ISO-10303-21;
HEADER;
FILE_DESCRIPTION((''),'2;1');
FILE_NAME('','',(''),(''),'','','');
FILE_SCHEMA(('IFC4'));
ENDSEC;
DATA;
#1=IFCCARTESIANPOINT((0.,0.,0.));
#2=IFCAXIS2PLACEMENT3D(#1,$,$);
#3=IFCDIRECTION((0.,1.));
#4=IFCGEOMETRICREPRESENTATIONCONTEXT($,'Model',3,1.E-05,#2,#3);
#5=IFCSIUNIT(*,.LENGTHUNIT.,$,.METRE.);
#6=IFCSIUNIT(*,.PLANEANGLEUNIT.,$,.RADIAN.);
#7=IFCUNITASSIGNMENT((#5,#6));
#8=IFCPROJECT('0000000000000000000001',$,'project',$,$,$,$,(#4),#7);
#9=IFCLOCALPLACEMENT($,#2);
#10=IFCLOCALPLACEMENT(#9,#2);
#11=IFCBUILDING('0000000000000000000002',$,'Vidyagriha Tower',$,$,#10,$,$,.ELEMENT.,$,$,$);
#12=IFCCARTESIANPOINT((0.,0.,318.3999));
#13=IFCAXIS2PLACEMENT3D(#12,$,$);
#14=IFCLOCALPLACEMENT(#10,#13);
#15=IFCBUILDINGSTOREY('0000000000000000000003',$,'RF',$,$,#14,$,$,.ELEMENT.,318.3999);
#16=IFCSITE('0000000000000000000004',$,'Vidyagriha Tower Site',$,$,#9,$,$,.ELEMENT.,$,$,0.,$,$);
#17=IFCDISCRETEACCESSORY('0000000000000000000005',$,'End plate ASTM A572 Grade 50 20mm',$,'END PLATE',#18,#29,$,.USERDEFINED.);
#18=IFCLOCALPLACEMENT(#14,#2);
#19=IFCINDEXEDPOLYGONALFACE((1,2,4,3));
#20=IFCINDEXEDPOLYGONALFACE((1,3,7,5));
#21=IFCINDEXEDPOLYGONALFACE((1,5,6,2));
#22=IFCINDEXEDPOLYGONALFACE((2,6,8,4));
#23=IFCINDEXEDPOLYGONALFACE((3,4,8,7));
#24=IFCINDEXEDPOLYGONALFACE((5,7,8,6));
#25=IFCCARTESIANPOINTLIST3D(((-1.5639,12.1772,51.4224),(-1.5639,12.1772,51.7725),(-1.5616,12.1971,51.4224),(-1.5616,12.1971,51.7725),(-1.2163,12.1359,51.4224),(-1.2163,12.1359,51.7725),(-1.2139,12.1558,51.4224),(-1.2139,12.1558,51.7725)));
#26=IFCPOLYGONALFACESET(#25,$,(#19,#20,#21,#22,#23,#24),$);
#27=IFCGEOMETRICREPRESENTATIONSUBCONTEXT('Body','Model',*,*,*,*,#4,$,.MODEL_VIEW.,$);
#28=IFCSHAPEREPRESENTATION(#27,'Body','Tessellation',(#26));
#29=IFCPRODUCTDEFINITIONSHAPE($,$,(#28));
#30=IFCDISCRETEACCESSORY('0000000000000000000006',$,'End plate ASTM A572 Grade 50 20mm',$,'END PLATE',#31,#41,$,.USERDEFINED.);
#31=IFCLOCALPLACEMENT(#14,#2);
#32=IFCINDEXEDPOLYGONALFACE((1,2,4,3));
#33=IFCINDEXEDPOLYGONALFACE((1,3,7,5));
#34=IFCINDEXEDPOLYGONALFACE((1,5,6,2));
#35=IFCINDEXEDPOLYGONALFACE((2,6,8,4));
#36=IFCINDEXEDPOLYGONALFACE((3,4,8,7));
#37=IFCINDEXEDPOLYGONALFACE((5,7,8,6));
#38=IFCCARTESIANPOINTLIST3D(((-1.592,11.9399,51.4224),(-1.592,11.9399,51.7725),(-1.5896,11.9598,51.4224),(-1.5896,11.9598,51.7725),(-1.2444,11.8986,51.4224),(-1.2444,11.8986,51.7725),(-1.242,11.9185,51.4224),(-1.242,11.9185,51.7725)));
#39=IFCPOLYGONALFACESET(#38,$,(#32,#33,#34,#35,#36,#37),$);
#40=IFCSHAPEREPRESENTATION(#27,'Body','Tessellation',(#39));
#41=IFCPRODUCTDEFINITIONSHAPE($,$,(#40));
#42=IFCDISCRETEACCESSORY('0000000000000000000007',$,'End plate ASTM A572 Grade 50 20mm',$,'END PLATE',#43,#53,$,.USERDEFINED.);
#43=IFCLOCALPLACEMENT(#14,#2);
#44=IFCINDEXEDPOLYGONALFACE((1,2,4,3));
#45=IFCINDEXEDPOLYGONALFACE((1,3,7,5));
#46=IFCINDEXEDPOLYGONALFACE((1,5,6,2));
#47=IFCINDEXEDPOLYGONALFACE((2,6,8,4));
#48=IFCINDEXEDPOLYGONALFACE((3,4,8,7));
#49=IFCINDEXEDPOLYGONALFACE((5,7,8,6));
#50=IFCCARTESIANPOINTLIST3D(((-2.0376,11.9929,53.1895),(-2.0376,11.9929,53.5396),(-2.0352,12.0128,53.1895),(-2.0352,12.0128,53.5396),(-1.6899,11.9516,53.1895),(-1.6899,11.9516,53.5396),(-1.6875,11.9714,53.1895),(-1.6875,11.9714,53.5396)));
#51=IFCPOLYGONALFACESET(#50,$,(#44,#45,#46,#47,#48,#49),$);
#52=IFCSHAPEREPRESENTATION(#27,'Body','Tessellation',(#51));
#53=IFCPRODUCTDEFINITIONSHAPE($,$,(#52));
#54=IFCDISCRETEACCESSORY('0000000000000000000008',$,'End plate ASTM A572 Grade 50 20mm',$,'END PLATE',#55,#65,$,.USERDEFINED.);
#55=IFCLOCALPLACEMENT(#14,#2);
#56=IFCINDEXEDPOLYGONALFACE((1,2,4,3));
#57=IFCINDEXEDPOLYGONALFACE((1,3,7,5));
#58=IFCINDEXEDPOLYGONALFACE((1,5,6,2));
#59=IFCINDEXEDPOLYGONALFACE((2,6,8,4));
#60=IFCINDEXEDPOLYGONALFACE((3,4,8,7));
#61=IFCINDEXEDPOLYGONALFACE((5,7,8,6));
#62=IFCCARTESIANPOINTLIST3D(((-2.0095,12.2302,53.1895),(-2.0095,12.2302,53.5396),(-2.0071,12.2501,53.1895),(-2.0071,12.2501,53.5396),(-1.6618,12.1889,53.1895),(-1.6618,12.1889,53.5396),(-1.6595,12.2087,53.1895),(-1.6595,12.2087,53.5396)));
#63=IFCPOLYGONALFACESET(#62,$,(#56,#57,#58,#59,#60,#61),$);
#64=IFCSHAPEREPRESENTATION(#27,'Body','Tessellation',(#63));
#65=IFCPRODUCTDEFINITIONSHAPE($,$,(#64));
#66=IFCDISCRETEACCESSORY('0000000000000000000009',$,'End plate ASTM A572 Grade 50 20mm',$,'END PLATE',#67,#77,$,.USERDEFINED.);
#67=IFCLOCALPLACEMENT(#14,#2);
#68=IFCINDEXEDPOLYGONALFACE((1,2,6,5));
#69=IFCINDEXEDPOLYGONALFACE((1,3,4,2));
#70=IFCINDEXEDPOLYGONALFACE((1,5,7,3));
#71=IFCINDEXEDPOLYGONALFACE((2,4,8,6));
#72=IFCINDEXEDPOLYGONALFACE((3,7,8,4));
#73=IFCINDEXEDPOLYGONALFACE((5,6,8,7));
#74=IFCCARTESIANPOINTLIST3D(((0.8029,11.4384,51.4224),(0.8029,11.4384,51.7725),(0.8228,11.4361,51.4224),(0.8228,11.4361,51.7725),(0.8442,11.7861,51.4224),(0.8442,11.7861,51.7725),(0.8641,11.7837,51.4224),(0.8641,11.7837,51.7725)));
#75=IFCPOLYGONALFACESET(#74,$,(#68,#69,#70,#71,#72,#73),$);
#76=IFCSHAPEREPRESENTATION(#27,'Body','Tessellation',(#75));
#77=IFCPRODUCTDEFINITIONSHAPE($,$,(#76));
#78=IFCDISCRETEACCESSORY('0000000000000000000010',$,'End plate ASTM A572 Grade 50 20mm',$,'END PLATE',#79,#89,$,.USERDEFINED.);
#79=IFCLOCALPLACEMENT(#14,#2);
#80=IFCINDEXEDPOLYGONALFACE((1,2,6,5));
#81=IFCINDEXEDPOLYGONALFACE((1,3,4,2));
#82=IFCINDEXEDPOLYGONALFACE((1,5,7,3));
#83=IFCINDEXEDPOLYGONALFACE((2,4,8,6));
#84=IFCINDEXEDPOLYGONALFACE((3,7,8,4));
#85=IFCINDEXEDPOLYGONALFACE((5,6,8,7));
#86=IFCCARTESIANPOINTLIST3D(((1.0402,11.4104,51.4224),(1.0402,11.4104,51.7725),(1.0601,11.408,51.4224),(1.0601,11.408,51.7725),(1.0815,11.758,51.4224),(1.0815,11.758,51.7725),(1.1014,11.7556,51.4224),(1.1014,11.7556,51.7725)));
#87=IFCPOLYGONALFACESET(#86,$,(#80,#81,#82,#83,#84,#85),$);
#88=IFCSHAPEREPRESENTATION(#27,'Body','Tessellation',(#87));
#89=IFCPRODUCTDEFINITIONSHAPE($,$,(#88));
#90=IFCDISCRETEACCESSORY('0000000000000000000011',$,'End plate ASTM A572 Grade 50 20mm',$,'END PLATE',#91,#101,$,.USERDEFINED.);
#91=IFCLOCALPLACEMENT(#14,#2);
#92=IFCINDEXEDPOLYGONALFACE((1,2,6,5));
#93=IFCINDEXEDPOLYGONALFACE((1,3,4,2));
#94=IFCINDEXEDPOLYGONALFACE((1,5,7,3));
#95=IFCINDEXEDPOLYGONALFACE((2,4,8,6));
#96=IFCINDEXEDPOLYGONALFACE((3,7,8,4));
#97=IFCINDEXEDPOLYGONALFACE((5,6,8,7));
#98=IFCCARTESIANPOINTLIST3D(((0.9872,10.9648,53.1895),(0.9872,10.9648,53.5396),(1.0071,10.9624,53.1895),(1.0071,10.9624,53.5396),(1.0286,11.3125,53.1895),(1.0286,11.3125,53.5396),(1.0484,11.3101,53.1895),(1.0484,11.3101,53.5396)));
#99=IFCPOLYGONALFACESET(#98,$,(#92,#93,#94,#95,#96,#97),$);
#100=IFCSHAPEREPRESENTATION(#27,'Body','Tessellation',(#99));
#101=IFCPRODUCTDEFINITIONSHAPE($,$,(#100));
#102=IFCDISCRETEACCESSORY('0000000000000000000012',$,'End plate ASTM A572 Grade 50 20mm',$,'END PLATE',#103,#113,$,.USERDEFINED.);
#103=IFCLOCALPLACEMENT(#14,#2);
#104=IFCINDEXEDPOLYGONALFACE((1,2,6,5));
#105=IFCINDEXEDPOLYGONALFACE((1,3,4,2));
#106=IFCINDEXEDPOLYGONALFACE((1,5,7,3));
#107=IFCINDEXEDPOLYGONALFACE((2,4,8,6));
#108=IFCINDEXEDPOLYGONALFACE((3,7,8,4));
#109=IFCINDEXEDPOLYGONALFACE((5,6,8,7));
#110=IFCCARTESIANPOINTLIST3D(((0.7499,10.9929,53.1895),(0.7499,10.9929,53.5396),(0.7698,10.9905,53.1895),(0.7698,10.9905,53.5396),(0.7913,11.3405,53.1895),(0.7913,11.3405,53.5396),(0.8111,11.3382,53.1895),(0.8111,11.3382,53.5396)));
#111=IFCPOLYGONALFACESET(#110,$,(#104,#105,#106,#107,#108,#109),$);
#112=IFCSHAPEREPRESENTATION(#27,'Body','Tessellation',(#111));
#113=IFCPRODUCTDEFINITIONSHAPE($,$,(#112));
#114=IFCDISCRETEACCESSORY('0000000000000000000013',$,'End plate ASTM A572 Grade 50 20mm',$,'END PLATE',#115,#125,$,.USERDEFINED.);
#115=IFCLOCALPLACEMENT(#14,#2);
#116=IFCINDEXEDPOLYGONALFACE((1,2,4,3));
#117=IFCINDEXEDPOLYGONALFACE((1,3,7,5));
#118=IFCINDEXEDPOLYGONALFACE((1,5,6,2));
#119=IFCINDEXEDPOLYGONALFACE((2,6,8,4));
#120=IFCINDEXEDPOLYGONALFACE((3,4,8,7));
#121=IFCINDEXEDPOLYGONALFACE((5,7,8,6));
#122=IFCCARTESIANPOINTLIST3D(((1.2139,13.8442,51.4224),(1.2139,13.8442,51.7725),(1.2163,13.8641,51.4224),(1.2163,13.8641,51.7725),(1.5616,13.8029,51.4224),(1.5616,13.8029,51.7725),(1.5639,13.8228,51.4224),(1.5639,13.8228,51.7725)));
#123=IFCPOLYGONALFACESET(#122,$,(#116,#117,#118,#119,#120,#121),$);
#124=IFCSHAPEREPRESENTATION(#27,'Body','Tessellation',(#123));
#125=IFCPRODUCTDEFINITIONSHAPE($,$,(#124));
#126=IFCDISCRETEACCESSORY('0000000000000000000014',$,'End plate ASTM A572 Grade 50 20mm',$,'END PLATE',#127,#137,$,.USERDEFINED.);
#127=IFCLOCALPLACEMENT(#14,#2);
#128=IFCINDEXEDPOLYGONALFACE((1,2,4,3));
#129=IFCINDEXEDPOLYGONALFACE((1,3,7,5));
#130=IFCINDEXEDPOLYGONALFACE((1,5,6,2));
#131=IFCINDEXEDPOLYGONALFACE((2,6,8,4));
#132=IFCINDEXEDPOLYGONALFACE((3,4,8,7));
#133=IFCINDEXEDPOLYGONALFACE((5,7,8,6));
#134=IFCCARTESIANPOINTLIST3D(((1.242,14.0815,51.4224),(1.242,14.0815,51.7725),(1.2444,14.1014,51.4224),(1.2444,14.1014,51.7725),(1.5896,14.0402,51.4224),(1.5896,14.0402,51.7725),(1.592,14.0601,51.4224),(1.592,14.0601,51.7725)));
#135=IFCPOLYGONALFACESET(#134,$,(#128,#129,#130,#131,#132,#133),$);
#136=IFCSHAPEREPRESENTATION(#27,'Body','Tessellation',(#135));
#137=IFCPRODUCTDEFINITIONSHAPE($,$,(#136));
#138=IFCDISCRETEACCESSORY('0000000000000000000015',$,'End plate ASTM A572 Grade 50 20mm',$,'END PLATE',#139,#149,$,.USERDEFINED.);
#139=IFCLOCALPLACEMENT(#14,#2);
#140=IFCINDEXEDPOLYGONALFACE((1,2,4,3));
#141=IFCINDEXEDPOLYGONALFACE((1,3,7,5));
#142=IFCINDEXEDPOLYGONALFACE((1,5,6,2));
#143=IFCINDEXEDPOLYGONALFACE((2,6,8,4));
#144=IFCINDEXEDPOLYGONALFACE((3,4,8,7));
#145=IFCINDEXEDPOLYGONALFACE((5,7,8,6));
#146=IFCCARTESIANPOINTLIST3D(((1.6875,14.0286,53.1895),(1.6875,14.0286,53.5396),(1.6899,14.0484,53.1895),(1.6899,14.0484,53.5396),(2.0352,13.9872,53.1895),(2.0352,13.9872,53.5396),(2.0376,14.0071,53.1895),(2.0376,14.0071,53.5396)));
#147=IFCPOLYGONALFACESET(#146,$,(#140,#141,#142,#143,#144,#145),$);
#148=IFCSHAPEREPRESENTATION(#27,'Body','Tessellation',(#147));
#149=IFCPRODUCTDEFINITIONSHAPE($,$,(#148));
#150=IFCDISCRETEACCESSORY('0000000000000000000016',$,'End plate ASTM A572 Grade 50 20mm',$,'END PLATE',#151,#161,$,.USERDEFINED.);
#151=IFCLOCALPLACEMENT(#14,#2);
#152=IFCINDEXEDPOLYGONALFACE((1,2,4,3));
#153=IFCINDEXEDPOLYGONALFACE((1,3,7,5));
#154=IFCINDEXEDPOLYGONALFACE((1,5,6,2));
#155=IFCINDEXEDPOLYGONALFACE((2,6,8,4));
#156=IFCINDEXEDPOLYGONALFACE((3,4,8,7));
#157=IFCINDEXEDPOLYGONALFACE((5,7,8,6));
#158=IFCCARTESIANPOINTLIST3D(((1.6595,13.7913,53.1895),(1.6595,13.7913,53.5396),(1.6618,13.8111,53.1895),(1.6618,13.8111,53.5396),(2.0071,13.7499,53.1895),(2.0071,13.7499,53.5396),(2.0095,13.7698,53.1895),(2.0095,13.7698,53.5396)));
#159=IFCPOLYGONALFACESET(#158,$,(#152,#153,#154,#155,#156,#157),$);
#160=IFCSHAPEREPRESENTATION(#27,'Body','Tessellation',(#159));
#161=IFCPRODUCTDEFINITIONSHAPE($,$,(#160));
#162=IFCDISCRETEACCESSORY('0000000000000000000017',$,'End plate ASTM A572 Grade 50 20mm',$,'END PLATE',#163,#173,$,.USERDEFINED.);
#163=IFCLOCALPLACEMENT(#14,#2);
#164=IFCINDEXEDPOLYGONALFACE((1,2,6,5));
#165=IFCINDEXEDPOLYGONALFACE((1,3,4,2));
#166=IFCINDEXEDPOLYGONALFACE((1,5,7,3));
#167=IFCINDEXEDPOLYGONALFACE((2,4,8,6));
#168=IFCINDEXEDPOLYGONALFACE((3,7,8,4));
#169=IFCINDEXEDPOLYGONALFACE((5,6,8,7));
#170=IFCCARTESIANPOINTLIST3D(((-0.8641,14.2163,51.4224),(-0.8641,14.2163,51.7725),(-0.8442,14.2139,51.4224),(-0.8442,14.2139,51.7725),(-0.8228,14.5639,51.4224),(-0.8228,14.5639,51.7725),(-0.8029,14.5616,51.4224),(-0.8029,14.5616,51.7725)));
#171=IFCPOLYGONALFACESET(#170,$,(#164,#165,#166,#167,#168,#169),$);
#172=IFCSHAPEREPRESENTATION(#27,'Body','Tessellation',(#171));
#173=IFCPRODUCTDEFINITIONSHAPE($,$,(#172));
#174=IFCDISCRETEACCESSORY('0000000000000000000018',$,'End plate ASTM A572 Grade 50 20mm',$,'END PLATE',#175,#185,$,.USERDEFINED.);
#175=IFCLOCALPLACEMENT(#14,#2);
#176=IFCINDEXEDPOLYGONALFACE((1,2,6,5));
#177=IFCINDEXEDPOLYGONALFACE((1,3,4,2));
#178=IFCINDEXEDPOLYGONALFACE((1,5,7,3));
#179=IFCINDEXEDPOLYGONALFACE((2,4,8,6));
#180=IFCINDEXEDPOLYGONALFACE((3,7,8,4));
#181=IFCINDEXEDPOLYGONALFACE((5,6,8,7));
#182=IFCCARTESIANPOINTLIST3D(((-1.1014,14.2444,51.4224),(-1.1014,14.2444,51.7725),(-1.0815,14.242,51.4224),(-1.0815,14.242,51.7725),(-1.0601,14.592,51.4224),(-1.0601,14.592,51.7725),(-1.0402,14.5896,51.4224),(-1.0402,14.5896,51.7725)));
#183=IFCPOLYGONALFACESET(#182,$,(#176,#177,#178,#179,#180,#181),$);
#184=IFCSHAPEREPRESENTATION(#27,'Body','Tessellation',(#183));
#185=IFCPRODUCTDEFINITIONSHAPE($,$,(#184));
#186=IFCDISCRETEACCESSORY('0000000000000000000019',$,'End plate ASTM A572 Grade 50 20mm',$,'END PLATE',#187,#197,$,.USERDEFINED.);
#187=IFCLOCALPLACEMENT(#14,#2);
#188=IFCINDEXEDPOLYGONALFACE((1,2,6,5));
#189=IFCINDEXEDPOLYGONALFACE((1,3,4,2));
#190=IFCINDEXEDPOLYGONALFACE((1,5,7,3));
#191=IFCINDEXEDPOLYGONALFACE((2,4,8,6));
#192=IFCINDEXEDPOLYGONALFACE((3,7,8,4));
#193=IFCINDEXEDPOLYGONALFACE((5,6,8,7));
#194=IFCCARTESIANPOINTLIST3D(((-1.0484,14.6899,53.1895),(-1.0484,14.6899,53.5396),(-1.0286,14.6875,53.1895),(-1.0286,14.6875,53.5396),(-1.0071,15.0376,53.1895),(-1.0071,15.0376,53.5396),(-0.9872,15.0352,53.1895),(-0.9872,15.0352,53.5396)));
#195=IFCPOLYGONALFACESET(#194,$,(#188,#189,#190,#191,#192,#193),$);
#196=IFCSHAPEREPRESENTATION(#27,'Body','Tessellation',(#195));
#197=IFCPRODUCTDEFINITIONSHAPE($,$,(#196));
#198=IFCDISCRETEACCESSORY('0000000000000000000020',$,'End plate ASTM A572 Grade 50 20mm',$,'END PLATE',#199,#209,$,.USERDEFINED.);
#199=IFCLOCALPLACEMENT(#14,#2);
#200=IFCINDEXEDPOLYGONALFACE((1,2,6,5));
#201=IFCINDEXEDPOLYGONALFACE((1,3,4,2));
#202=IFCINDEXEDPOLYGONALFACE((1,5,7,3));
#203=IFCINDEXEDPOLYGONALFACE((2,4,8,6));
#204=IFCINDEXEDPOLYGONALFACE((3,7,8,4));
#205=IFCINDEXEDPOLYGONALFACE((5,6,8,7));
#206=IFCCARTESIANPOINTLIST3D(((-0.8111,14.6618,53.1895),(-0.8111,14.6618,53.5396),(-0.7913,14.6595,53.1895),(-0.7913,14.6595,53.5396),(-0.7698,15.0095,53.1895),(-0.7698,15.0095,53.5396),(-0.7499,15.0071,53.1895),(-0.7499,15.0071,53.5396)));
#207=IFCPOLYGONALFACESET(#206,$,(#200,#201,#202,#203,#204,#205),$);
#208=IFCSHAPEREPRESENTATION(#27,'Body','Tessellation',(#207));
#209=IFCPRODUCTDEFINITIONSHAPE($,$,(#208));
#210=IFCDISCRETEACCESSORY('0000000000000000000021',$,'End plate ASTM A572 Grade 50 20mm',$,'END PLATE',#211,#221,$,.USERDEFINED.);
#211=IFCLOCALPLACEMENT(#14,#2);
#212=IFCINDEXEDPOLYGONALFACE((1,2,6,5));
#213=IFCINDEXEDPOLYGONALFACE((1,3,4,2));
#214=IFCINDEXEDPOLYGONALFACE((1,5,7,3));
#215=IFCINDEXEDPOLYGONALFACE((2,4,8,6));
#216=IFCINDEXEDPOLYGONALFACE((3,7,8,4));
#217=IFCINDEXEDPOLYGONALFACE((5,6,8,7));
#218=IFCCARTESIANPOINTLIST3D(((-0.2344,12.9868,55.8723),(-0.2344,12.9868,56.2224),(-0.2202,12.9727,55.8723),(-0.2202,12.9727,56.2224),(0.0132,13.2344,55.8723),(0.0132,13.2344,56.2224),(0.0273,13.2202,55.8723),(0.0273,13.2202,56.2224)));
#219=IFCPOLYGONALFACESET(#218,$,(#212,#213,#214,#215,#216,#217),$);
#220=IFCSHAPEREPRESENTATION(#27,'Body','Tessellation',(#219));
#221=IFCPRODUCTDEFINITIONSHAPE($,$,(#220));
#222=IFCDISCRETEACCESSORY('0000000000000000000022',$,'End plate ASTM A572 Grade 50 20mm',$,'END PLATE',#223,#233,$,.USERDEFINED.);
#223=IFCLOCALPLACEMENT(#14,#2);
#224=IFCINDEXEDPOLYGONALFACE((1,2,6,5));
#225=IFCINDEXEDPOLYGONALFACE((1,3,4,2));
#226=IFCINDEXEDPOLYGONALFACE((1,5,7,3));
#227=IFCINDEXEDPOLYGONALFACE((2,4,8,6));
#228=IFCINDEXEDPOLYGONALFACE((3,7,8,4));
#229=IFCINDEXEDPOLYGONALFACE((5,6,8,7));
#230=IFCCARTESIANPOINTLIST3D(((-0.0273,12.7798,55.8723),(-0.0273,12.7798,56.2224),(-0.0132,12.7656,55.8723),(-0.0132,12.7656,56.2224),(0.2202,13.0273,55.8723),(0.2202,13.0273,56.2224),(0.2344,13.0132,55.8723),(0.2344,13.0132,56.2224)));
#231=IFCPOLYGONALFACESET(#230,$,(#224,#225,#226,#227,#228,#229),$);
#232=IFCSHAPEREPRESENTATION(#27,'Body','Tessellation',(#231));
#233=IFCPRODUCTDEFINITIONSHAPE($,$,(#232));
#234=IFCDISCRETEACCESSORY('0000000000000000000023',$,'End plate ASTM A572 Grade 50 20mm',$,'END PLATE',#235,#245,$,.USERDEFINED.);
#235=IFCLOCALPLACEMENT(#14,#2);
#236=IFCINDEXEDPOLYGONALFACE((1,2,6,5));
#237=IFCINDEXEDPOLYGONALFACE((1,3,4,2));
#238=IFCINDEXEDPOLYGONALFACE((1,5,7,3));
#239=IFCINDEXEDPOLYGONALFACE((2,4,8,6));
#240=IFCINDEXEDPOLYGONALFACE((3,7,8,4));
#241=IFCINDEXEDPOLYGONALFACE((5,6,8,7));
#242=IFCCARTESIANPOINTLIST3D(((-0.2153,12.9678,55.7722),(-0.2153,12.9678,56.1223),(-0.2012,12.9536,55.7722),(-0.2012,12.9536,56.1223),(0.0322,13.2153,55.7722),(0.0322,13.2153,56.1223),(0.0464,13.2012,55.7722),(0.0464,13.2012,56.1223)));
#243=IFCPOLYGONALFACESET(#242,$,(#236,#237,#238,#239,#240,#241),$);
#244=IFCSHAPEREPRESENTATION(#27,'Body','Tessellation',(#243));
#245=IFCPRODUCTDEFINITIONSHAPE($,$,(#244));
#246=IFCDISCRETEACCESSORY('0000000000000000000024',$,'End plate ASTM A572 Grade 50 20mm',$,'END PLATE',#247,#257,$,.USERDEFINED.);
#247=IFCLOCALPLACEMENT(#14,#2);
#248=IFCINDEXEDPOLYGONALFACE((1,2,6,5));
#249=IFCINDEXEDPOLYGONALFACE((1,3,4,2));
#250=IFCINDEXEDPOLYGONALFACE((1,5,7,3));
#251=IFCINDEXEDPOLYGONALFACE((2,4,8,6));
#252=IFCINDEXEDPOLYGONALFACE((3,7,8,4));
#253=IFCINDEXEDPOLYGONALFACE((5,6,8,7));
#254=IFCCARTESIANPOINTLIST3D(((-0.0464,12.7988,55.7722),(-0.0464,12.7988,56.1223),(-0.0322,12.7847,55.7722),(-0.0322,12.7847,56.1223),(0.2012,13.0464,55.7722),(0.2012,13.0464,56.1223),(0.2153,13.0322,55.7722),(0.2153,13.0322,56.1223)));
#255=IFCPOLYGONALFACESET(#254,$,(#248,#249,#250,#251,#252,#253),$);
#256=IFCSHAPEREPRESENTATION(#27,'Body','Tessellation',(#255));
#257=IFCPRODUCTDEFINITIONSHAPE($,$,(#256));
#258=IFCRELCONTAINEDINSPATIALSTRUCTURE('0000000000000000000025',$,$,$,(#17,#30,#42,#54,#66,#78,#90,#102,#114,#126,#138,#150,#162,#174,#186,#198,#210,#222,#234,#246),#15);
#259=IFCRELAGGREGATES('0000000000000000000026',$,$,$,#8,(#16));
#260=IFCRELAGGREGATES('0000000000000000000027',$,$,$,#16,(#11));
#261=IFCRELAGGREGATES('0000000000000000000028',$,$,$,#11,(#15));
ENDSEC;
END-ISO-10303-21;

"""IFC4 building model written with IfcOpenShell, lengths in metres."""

from ifc_helpers import new_model, si_unit, direction, frame, origin, origin_2d, place, context, subcontext, project, spatial, rectangle, extrude, element, save


model = new_model("IFC4")

# Units and contexts
model_context = context("Model", 3, precision=1e-05, world=origin(), true_north=direction((0.0, 1.0)))
body_context = subcontext(model_context, "Body", "Model", "MODEL_VIEW")
ifc_project = project(units=[si_unit("LENGTHUNIT", "METRE"), si_unit("PLANEANGLEUNIT", "RADIAN")], contexts=[model_context])

# Site, building, storey
site_placement = place(None, origin())
site = spatial("IfcSite", under=ifc_project, at=site_placement, Name="Vidyagriha Tower Site", CompositionType="ELEMENT", RefElevation=0.0)
building_placement = place(site_placement, origin())
building = spatial("IfcBuilding", under=site, at=building_placement, Name="Vidyagriha Tower", CompositionType="ELEMENT")
storey_placement = place(building_placement, frame((0.0, 0.0, 318.3999)))
storey = spatial("IfcBuildingStorey", under=building, at=storey_placement, Name="RF", CompositionType="ELEMENT", Elevation=318.3999)

# Discrete accessories
for number, where, z_axis, x_axis, name in (
    (1, (-1.3889, 12.1665, 51.4224), (0.0, 0.0, 1.0), (0.992997, -0.118142, 0.0), "End plate ASTM A572 Grade 50 20mm"),
    (2, (-1.417, 11.9292, 51.4224), (0.0, 0.0, 1.0), (0.992997, -0.118142, 0.0), "End plate ASTM A572 Grade 50 20mm"),
    (3, (-1.8625, 11.9822, 53.1895), (0.0, 0.0, 1.0), (-0.992997, 0.118142, 0.0), "End plate ASTM A572 Grade 50 20mm"),
    (4, (-1.8345, 12.2195, 53.1895), (0.0, 0.0, 1.0), (-0.992997, 0.118142, 0.0), "End plate ASTM A572 Grade 50 20mm"),
    (5, (0.8335, 11.6111, 51.4224), (0.0, 0.0, 1.0), (0.118142, 0.992997, 0.0), "End plate ASTM A572 Grade 50 20mm"),
    (6, (1.0708, 11.583, 51.4224), (0.0, 0.0, 1.0), (0.118142, 0.992997, 0.0), "End plate ASTM A572 Grade 50 20mm"),
    (7, (1.0178, 11.1375, 53.1895), (0.0, 0.0, 1.0), (-0.118142, -0.992997, 0.0), "End plate ASTM A572 Grade 50 20mm"),
    (8, (0.7805, 11.1655, 53.1895), (0.0, 0.0, 1.0), (-0.118142, -0.992997, 0.0), "End plate ASTM A572 Grade 50 20mm"),
    (9, (1.3889, 13.8335, 51.4224), (0.0, 0.0, 1.0), (-0.992997, 0.118142, 0.0), "End plate ASTM A572 Grade 50 20mm"),
    (10, (1.417, 14.0708, 51.4224), (0.0, 0.0, 1.0), (-0.992997, 0.118142, 0.0), "End plate ASTM A572 Grade 50 20mm"),
    (11, (1.8625, 14.0178, 53.1895), (0.0, 0.0, 1.0), (0.992997, -0.118142, 0.0), "End plate ASTM A572 Grade 50 20mm"),
    (12, (1.8345, 13.7805, 53.1895), (0.0, 0.0, 1.0), (0.992997, -0.118142, 0.0), "End plate ASTM A572 Grade 50 20mm"),
    (13, (-0.8335, 14.3889, 51.4224), (0.0, 0.0, 1.0), (-0.118142, -0.992997, 0.0), "End plate ASTM A572 Grade 50 20mm"),
    (14, (-1.0708, 14.417, 51.4224), (0.0, 0.0, 1.0), (-0.118142, -0.992997, 0.0), "End plate ASTM A572 Grade 50 20mm"),
    (15, (-1.0178, 14.8625, 53.1895), (0.0, 0.0, 1.0), (0.118142, 0.992997, 0.0), "End plate ASTM A572 Grade 50 20mm"),
    (16, (-0.7805, 14.8345, 53.1895), (0.0, 0.0, 1.0), (0.118142, 0.992997, 0.0), "End plate ASTM A572 Grade 50 20mm"),
    (17, (-0.1035, 13.1035, 55.8723), (0.0, 0.0, 1.0), (0.707107, 0.707107, 0.0), "End plate ASTM A572 Grade 50 20mm"),
    (18, (0.1035, 12.8965, 55.8723), (0.0, 0.0, 1.0), (0.707107, 0.707107, 0.0), "End plate ASTM A572 Grade 50 20mm"),
    (19, (-0.0845, 13.0845, 55.7722), (0.0, 0.0, 1.0), (0.707107, 0.707107, 0.0), "End plate ASTM A572 Grade 50 20mm"),
    (20, (0.0845, 12.9155, 55.7722), (0.0, 0.0, 1.0), (0.707107, 0.707107, 0.0), "End plate ASTM A572 Grade 50 20mm"),
):
    element("IfcDiscreteAccessory", number, at=place(storey_placement, frame(where, z_axis=z_axis, x_axis=x_axis)), inside=storey, Name=name, ObjectType="END PLATE", PredefinedType="USERDEFINED", context=body_context, shape_type="SweptSolid", body=[
        extrude(rectangle(XDim=0.3501, YDim=0.02, at=origin_2d()), origin(), (0.0, 0.0, 1.0), 0.3501),
    ])

save(model, "model.ifc")
